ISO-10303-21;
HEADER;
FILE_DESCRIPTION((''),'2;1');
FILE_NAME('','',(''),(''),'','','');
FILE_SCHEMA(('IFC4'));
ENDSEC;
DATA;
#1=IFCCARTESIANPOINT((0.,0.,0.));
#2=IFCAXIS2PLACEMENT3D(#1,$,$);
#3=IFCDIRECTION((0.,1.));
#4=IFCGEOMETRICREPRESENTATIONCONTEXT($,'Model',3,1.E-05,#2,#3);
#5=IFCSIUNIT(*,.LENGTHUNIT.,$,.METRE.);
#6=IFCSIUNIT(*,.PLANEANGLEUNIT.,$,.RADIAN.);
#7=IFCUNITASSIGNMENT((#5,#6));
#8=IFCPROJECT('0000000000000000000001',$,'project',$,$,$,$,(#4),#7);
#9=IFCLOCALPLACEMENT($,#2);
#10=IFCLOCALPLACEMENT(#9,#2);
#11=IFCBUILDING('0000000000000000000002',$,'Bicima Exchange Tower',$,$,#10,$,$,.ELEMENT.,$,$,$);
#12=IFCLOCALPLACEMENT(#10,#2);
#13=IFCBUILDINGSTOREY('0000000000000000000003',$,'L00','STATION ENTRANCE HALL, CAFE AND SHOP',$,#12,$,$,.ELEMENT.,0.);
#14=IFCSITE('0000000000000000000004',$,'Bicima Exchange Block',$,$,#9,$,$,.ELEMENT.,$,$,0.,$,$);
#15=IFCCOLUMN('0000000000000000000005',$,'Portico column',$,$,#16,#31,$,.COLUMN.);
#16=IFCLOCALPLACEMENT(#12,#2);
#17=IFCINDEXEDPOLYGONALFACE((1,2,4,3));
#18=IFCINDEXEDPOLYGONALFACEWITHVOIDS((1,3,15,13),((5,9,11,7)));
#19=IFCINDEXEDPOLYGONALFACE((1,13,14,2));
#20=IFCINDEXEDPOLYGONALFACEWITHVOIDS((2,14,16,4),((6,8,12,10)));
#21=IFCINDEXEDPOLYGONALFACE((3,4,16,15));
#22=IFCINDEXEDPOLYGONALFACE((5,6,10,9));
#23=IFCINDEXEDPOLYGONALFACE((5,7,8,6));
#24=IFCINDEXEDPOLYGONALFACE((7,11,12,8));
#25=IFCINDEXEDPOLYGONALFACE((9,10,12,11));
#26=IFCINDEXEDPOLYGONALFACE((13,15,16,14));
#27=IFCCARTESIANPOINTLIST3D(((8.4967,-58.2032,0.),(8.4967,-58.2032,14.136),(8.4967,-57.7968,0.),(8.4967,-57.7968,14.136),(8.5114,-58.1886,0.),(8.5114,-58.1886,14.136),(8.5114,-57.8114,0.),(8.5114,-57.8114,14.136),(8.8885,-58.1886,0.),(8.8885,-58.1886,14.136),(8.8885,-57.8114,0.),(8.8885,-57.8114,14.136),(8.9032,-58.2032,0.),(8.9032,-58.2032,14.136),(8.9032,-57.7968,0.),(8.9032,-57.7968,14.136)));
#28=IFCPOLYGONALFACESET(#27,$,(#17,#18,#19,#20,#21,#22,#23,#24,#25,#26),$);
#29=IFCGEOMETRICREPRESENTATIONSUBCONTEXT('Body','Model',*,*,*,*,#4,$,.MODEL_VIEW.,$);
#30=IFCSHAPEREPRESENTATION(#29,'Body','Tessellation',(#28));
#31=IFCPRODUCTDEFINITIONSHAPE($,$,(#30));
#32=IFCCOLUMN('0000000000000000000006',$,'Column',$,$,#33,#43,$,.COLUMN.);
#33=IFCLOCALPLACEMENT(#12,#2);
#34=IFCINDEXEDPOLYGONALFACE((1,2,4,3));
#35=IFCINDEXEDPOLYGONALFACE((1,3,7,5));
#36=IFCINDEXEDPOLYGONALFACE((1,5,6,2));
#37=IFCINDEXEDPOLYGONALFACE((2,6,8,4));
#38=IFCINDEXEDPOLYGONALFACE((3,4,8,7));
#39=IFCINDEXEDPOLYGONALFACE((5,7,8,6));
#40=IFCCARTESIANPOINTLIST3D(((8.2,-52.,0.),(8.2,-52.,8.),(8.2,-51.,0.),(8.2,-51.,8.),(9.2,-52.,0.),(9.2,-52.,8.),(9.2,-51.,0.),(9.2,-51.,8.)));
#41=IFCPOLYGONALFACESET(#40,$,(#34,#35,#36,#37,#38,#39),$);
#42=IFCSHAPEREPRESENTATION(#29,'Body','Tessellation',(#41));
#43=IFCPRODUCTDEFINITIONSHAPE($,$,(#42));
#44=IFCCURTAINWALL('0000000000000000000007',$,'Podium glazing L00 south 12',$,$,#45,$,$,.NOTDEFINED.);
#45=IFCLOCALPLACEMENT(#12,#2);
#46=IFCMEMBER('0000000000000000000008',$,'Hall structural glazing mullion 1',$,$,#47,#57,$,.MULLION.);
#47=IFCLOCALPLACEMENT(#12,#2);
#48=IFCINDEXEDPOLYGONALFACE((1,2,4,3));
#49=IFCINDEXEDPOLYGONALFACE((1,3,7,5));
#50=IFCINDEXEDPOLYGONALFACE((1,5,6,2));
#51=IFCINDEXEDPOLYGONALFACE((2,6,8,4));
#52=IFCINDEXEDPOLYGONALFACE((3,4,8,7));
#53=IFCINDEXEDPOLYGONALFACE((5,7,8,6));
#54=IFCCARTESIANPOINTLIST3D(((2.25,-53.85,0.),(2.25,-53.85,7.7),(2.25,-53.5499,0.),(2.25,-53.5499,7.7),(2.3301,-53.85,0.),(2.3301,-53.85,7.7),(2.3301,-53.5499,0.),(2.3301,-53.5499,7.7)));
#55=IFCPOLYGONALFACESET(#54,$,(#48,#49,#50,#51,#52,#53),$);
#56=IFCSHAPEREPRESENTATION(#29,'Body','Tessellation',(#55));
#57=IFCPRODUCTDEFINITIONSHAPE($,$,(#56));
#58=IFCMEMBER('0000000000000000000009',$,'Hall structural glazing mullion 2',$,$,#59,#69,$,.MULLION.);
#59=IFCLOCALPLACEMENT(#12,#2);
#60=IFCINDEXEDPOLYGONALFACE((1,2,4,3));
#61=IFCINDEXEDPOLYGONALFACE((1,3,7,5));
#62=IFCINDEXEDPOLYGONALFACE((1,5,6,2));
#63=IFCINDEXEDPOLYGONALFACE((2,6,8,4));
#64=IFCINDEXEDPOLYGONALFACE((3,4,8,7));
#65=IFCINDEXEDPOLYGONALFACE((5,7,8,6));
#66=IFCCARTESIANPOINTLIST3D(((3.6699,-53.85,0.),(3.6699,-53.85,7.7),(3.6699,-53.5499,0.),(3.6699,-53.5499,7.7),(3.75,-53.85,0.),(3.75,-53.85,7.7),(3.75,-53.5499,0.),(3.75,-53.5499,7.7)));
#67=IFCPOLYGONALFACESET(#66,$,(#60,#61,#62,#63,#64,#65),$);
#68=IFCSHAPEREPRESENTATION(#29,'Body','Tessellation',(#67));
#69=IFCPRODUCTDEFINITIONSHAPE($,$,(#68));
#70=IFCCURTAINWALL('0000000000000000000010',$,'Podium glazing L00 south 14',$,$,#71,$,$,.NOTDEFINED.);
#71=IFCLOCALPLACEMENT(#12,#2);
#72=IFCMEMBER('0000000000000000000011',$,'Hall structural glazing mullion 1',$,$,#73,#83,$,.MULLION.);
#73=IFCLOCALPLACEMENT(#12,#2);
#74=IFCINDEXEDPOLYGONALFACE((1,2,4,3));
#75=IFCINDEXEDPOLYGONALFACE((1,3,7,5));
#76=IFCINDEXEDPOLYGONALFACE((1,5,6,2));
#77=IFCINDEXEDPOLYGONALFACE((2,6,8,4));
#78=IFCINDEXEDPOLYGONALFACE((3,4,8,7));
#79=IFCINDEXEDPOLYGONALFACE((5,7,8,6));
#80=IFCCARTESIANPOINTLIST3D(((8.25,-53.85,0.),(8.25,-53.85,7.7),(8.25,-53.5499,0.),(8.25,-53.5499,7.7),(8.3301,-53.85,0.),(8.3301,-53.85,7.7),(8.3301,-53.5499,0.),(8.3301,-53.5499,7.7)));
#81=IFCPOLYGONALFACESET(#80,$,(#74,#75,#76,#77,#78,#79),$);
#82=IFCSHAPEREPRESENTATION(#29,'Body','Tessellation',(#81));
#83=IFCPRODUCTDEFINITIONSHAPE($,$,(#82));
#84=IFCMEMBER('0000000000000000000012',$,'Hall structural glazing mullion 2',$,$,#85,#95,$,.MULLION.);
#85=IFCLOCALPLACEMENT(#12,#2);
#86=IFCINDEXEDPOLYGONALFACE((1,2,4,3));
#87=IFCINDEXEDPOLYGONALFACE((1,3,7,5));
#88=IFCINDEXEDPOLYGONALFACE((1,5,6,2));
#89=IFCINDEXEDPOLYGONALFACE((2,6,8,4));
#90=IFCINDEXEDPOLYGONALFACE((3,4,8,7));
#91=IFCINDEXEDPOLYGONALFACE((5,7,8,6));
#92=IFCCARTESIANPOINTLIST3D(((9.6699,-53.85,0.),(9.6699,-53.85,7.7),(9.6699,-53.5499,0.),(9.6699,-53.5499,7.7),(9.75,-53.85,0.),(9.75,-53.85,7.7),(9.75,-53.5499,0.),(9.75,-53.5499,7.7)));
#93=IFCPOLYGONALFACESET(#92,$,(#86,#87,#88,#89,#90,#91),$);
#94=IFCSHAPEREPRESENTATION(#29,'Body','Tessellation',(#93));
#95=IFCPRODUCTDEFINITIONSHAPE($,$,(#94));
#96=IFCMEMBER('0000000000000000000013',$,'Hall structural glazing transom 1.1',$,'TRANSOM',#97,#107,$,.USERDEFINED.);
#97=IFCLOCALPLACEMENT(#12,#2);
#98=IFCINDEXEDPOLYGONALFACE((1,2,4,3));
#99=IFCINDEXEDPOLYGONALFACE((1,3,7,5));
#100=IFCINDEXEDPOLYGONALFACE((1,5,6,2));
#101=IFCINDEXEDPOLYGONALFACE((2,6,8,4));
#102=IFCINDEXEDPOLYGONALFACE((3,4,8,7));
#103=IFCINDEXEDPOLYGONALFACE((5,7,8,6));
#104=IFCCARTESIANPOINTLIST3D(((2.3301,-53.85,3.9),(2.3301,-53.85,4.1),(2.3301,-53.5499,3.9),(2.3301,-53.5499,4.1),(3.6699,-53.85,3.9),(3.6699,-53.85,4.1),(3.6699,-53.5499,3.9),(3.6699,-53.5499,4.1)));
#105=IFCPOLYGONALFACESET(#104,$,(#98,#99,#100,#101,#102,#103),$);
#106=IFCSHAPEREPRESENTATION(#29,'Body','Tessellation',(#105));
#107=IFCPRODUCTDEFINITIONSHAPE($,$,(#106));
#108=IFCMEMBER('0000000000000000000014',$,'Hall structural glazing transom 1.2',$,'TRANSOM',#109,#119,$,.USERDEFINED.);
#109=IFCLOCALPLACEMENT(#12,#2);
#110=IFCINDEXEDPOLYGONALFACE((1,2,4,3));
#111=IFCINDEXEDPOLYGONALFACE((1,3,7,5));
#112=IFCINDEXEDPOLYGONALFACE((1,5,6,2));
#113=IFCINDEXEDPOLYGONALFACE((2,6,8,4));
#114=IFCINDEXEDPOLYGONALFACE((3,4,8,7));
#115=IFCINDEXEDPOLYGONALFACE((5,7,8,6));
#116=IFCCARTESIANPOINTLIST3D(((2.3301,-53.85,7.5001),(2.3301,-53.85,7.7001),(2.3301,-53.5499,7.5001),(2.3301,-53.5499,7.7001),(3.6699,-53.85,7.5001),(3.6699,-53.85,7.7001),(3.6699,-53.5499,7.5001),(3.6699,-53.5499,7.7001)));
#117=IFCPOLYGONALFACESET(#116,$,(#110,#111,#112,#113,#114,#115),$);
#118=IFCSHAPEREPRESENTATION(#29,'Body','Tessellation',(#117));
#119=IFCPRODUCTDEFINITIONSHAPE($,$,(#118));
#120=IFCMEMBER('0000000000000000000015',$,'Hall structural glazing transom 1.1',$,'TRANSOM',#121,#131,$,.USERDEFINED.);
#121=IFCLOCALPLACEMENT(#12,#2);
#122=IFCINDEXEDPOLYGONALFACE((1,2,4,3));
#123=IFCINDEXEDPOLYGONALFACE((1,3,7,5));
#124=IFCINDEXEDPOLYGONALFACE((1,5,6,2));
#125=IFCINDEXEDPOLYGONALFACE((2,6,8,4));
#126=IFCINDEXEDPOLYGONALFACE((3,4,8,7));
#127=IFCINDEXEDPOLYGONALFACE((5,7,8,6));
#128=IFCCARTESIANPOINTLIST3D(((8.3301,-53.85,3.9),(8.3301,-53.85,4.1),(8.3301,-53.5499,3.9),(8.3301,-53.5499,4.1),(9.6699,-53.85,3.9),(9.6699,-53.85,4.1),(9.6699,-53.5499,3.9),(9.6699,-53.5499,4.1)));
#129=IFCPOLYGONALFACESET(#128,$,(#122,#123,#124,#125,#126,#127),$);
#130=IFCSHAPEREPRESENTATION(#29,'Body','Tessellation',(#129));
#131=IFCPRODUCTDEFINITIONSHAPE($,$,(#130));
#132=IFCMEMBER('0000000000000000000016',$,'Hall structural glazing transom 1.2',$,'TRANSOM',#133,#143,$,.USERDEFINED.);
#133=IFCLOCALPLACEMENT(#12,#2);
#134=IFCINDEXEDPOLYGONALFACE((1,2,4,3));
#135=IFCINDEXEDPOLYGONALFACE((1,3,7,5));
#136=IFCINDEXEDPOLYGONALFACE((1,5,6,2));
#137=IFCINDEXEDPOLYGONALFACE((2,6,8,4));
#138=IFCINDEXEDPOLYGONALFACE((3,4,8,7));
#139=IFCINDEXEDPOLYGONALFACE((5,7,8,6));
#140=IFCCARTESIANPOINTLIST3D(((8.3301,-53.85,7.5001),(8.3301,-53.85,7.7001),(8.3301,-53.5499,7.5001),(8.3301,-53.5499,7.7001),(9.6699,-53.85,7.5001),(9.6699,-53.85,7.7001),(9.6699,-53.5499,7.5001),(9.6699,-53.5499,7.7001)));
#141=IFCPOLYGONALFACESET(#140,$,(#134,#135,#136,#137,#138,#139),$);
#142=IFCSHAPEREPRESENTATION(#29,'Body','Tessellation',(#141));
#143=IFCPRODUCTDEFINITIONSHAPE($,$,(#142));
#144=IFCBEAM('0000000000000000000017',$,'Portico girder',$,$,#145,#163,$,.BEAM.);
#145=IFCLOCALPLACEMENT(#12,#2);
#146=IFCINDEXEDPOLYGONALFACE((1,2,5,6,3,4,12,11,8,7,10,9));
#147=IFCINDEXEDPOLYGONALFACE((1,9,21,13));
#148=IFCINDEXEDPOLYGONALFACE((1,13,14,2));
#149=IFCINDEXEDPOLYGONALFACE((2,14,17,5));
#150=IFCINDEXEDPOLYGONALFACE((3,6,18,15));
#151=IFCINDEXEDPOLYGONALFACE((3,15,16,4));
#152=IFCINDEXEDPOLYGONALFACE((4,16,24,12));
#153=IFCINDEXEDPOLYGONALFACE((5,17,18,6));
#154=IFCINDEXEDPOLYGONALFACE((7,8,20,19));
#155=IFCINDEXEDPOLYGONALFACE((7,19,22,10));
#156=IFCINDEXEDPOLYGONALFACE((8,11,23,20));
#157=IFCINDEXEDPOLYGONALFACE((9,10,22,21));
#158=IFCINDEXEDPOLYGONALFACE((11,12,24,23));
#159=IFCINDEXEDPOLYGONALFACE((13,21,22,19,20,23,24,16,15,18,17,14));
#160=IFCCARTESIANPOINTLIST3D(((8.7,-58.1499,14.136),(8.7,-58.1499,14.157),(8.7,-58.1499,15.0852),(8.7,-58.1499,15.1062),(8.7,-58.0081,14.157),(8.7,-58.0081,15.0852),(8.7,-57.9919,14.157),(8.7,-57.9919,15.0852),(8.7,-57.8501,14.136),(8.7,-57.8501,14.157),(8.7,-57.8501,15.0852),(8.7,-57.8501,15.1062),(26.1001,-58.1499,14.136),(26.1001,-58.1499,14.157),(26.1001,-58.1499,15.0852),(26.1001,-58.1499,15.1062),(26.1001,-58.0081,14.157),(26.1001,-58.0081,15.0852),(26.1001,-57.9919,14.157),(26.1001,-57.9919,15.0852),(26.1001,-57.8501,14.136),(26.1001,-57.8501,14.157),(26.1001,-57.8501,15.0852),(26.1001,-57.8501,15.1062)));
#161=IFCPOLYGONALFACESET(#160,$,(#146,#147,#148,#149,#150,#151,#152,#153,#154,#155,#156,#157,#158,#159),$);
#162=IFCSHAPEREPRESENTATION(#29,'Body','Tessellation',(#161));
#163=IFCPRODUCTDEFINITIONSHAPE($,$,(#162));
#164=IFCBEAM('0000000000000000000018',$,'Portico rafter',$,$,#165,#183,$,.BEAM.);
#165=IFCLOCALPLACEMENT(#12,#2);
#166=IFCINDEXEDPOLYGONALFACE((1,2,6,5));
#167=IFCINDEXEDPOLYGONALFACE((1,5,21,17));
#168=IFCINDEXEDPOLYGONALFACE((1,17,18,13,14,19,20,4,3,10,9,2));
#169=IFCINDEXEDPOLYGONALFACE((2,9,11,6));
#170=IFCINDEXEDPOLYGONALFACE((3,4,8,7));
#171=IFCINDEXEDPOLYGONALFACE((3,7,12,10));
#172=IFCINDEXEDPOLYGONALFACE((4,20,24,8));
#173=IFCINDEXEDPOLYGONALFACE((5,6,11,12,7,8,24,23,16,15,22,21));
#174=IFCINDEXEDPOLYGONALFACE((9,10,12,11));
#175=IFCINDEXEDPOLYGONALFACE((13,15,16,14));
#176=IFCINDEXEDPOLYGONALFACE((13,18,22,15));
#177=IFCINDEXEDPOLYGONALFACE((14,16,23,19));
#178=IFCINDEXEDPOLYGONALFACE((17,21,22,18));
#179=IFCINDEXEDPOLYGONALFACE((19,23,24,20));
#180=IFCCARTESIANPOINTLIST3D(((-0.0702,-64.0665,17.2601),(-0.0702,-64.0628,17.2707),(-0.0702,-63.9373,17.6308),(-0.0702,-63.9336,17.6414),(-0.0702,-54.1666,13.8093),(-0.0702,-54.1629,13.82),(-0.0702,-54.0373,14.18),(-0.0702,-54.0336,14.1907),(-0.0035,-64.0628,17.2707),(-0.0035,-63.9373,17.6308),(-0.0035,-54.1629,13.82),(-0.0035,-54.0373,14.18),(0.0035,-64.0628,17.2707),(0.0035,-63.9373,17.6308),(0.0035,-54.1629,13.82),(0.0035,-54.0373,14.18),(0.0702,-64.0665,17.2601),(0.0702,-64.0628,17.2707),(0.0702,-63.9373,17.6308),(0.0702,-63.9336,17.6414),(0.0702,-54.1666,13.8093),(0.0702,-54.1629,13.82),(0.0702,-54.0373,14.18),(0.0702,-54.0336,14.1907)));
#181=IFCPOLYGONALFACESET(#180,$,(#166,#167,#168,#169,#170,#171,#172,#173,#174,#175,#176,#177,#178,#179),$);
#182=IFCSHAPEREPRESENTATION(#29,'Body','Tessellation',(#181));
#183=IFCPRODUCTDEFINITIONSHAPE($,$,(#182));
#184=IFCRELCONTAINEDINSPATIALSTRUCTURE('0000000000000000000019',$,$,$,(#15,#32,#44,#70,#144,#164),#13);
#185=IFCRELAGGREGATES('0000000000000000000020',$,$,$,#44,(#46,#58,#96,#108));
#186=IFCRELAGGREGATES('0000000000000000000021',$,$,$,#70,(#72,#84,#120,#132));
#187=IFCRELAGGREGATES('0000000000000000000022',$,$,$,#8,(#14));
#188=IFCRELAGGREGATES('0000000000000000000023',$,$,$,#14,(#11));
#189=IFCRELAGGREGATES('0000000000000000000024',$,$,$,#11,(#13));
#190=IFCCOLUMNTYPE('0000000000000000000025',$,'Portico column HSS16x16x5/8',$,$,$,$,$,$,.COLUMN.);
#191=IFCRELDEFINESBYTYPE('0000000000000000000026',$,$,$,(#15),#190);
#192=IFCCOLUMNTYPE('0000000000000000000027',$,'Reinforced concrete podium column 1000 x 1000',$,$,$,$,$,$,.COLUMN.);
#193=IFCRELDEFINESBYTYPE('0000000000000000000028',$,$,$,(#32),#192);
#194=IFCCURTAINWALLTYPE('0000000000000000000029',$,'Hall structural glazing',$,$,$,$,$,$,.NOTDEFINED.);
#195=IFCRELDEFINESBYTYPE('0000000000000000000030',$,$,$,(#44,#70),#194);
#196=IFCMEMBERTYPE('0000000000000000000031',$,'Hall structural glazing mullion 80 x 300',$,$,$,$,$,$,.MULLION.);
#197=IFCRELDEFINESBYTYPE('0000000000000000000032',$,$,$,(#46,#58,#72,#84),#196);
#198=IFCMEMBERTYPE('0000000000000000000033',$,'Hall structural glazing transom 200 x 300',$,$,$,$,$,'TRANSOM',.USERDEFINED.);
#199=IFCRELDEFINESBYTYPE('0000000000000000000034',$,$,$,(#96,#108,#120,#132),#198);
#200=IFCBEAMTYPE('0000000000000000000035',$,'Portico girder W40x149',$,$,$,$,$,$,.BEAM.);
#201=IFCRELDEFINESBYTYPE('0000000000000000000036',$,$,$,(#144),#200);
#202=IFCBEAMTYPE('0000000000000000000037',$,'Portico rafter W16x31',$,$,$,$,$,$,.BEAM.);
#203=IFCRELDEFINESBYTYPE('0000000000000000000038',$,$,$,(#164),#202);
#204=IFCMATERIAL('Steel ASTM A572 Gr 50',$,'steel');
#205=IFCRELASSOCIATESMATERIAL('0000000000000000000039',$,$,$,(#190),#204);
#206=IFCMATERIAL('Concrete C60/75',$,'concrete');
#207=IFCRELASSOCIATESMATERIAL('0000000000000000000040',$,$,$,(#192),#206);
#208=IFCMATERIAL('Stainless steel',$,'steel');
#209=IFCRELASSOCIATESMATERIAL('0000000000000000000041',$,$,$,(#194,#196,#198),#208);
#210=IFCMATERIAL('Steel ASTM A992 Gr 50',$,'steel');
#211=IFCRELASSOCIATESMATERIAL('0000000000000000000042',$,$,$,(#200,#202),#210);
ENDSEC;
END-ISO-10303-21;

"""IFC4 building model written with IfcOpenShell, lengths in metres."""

from ifc_helpers import new_model, si_unit, direction, frame, origin, origin_2d, place, context, subcontext, project, spatial, rectangle, hollow_rectangle, i_section, extrude, material, material_profile, profile_set, type_object, element, aggregate, save


model = new_model("IFC4")

# Units and contexts
model_context = context("Model", 3, precision=1e-05, world=origin(), true_north=direction((0.0, 1.0)))
body_context = subcontext(model_context, "Body", "Model", "MODEL_VIEW")
ifc_project = project(units=[si_unit("LENGTHUNIT", "METRE"), si_unit("PLANEANGLEUNIT", "RADIAN")], contexts=[model_context])

# Site, building, storey
site_placement = place(None, origin())
site = spatial("IfcSite", under=ifc_project, at=site_placement, Name="Bicima Exchange Block", CompositionType="ELEMENT", RefElevation=0.0)
building_placement = place(site_placement, origin())
building = spatial("IfcBuilding", under=site, at=building_placement, Name="Bicima Exchange Tower", CompositionType="ELEMENT")
storey_placement = place(building_placement, origin())
storey = spatial("IfcBuildingStorey", under=building, at=storey_placement, Name="L00", Description="STATION ENTRANCE HALL, CAFE AND SHOP", CompositionType="ELEMENT", Elevation=0.0)

# Columns
ifc_material_1 = material(Name="Steel ASTM A572 Gr 50", Category="steel")
ifc_material_profile_1 = material_profile(ifc_material_1, hollow_rectangle(XDim=0.4065, YDim=0.4065, WallThickness=0.0146, at=origin_2d()))
ifc_profile_set_1 = profile_set([ifc_material_profile_1], Name="Steel ASTM A572 Gr 50")
column_type_1 = type_object("IfcColumnType", Name="Portico column HSS16x16x5/8", PredefinedType="COLUMN", material=ifc_profile_set_1)
column_1_placement = place(storey_placement, frame((8.7, -58.0, 0.0), z_axis=(0.0, 0.0, 1.0), x_axis=(1.0, 0.0, 0.0)))
element("IfcColumn", 1, at=column_1_placement, inside=storey, type_object=column_type_1, Name="Portico column", PredefinedType="COLUMN", context=body_context, shape_type="SweptSolid", body=[
    extrude(hollow_rectangle(XDim=0.4065, YDim=0.4065, WallThickness=0.0146, at=origin_2d()), origin(), (0.0, 0.0, 1.0), 14.136),
])
ifc_material_2 = material(Name="Concrete C60/75", Category="concrete")
ifc_material_profile_2 = material_profile(ifc_material_2, rectangle(XDim=1.0, YDim=1.0, at=origin_2d()))
ifc_profile_set_2 = profile_set([ifc_material_profile_2], Name="Concrete C60/75")
column_type_2 = type_object("IfcColumnType", Name="Reinforced concrete podium column 1000 x 1000", PredefinedType="COLUMN", material=ifc_profile_set_2)
column_2_placement = place(storey_placement, frame((8.7, -51.5, 0.0), z_axis=(0.0, 0.0, 1.0), x_axis=(1.0, 0.0, 0.0)))
element("IfcColumn", 2, at=column_2_placement, inside=storey, type_object=column_type_2, Name="Column", PredefinedType="COLUMN", context=body_context, shape_type="SweptSolid", body=[
    extrude(rectangle(XDim=1.0, YDim=1.0, at=origin_2d()), origin(), (0.0, 0.0, 1.0), 8.0),
])

# Curtain walls, members
ifc_material_3 = material(Name="Stainless steel", Category="steel")
curtain_wall_type = type_object("IfcCurtainWallType", Name="Hall structural glazing", PredefinedType="NOTDEFINED", material=ifc_material_3)
curtain_wall_1_placement = place(storey_placement, origin())
curtain_wall_1 = element("IfcCurtainWall", 3, at=curtain_wall_1_placement, inside=storey, type_object=curtain_wall_type, Name="Podium glazing L00 south 12", PredefinedType="NOTDEFINED")
ifc_material_profile_3 = material_profile(ifc_material_3, rectangle(XDim=0.3, YDim=0.0801, at=origin_2d()))
ifc_profile_set_3 = profile_set([ifc_material_profile_3], Name="Stainless steel")
member_type_1 = type_object("IfcMemberType", Name="Hall structural glazing mullion 80 x 300", PredefinedType="MULLION", material=ifc_profile_set_3)
member_1_placement = place(storey_placement, frame((2.29, -53.7, 0.0), z_axis=(0.0, 0.0, 1.0), x_axis=(0.0, 1.0, 0.0)))
member_1 = element("IfcMember", 4, at=member_1_placement, type_object=member_type_1, Name="Hall structural glazing mullion 1", PredefinedType="MULLION", context=body_context, shape_type="SweptSolid", body=[
    extrude(rectangle(XDim=0.3, YDim=0.0801, at=origin_2d()), origin(), (0.0, 0.0, 1.0), 7.7),
])
member_2_placement = place(storey_placement, frame((3.71, -53.7, 0.0), z_axis=(0.0, 0.0, 1.0), x_axis=(0.0, 1.0, 0.0)))
member_2 = element("IfcMember", 5, at=member_2_placement, type_object=member_type_1, Name="Hall structural glazing mullion 2", PredefinedType="MULLION", context=body_context, shape_type="SweptSolid", body=[
    extrude(rectangle(XDim=0.3, YDim=0.0801, at=origin_2d()), origin(), (0.0, 0.0, 1.0), 7.7),
])
curtain_wall_2_placement = place(storey_placement, origin())
curtain_wall_2 = element("IfcCurtainWall", 6, at=curtain_wall_2_placement, inside=storey, type_object=curtain_wall_type, Name="Podium glazing L00 south 14", PredefinedType="NOTDEFINED")
member_3_placement = place(storey_placement, frame((8.29, -53.7, 0.0), z_axis=(0.0, 0.0, 1.0), x_axis=(0.0, 1.0, 0.0)))
member_3 = element("IfcMember", 7, at=member_3_placement, type_object=member_type_1, Name="Hall structural glazing mullion 1", PredefinedType="MULLION", context=body_context, shape_type="SweptSolid", body=[
    extrude(rectangle(XDim=0.3, YDim=0.0801, at=origin_2d()), origin(), (0.0, 0.0, 1.0), 7.7),
])
member_4_placement = place(storey_placement, frame((9.71, -53.7, 0.0), z_axis=(0.0, 0.0, 1.0), x_axis=(0.0, 1.0, 0.0)))
member_4 = element("IfcMember", 8, at=member_4_placement, type_object=member_type_1, Name="Hall structural glazing mullion 2", PredefinedType="MULLION", context=body_context, shape_type="SweptSolid", body=[
    extrude(rectangle(XDim=0.3, YDim=0.0801, at=origin_2d()), origin(), (0.0, 0.0, 1.0), 7.7),
])

# Members
ifc_material_profile_4 = material_profile(ifc_material_3, rectangle(XDim=0.3, YDim=0.2, at=origin_2d()))
ifc_profile_set_4 = profile_set([ifc_material_profile_4], Name="Stainless steel")
member_type_2 = type_object("IfcMemberType", Name="Hall structural glazing transom 200 x 300", ElementType="TRANSOM", PredefinedType="USERDEFINED", material=ifc_profile_set_4)
member_5_placement = place(storey_placement, frame((2.3301, -53.7, 4.0), z_axis=(1.0, 0.0, 0.0), x_axis=(0.0, 1.0, 0.0)))
member_5 = element("IfcMember", 9, at=member_5_placement, type_object=member_type_2, Name="Hall structural glazing transom 1.1", ObjectType="TRANSOM", PredefinedType="USERDEFINED", context=body_context, shape_type="SweptSolid", body=[
    extrude(rectangle(XDim=0.3, YDim=0.2, at=origin_2d()), origin(), (0.0, 0.0, 1.0), 1.3398),
])
member_6_placement = place(storey_placement, frame((2.3301, -53.7, 7.6001), z_axis=(1.0, 0.0, 0.0), x_axis=(0.0, 1.0, 0.0)))
member_6 = element("IfcMember", 10, at=member_6_placement, type_object=member_type_2, Name="Hall structural glazing transom 1.2", ObjectType="TRANSOM", PredefinedType="USERDEFINED", context=body_context, shape_type="SweptSolid", body=[
    extrude(rectangle(XDim=0.3, YDim=0.2, at=origin_2d()), origin(), (0.0, 0.0, 1.0), 1.3398),
])
member_7_placement = place(storey_placement, frame((8.3301, -53.7, 4.0), z_axis=(1.0, 0.0, 0.0), x_axis=(0.0, 1.0, 0.0)))
member_7 = element("IfcMember", 11, at=member_7_placement, type_object=member_type_2, Name="Hall structural glazing transom 1.1", ObjectType="TRANSOM", PredefinedType="USERDEFINED", context=body_context, shape_type="SweptSolid", body=[
    extrude(rectangle(XDim=0.3, YDim=0.2, at=origin_2d()), origin(), (0.0, 0.0, 1.0), 1.3398),
])
member_8_placement = place(storey_placement, frame((8.3301, -53.7, 7.6001), z_axis=(1.0, 0.0, 0.0), x_axis=(0.0, 1.0, 0.0)))
member_8 = element("IfcMember", 12, at=member_8_placement, type_object=member_type_2, Name="Hall structural glazing transom 1.2", ObjectType="TRANSOM", PredefinedType="USERDEFINED", context=body_context, shape_type="SweptSolid", body=[
    extrude(rectangle(XDim=0.3, YDim=0.2, at=origin_2d()), origin(), (0.0, 0.0, 1.0), 1.3398),
])

# Beams
ifc_material_4 = material(Name="Steel ASTM A992 Gr 50", Category="steel")
ifc_material_profile_5 = material_profile(ifc_material_4, i_section(OverallWidth=0.2998, OverallDepth=0.9702, WebThickness=0.0161, FlangeThickness=0.021, at=origin_2d()))
ifc_profile_set_5 = profile_set([ifc_material_profile_5], Name="Steel ASTM A992 Gr 50")
beam_type_1 = type_object("IfcBeamType", Name="Portico girder W40x149", PredefinedType="BEAM", material=ifc_profile_set_5)
beam_placement = place(storey_placement, frame((8.7, -58.0, 14.6211), z_axis=(1.0, 0.0, 0.0), x_axis=(0.0, 1.0, 0.0)))
element("IfcBeam", 13, at=beam_placement, inside=storey, type_object=beam_type_1, Name="Portico girder", PredefinedType="BEAM", context=body_context, shape_type="SweptSolid", body=[
    extrude(i_section(OverallWidth=0.2998, OverallDepth=0.9702, WebThickness=0.0161, FlangeThickness=0.021, at=origin_2d()), origin(), (0.0, 0.0, 1.0), 17.4001),
])
ifc_material_profile_6 = material_profile(ifc_material_4, i_section(OverallWidth=0.1404, OverallDepth=0.4038, WebThickness=0.0071, FlangeThickness=0.0112, at=origin_2d()))
ifc_profile_set_6 = profile_set([ifc_material_profile_6], Name="Steel ASTM A992 Gr 50")
beam_type_2 = type_object("IfcBeamType", Name="Portico rafter W16x31", PredefinedType="BEAM", material=ifc_profile_set_6)
for number, where, z_axis, x_axis, name in (
    (14, (0.0, -54.1001, 14.0), (0.0, -0.944282, 0.329137), (1.0, 0.0, 0.0), "Portico rafter"),
):
    element("IfcBeam", number, at=place(storey_placement, frame(where, z_axis=z_axis, x_axis=x_axis)), inside=storey, type_object=beam_type_2, Name=name, PredefinedType="BEAM", context=body_context, shape_type="SweptSolid", body=[
        extrude(i_section(OverallWidth=0.1404, OverallDepth=0.4038, WebThickness=0.0071, FlangeThickness=0.0112, at=origin_2d()), origin(), (0.0, 0.0, 1.0), 10.4841),
    ])

aggregate(curtain_wall_1, [member_1, member_2, member_5, member_6])
aggregate(curtain_wall_2, [member_3, member_4, member_7, member_8])

save(model, "model.ifc")
